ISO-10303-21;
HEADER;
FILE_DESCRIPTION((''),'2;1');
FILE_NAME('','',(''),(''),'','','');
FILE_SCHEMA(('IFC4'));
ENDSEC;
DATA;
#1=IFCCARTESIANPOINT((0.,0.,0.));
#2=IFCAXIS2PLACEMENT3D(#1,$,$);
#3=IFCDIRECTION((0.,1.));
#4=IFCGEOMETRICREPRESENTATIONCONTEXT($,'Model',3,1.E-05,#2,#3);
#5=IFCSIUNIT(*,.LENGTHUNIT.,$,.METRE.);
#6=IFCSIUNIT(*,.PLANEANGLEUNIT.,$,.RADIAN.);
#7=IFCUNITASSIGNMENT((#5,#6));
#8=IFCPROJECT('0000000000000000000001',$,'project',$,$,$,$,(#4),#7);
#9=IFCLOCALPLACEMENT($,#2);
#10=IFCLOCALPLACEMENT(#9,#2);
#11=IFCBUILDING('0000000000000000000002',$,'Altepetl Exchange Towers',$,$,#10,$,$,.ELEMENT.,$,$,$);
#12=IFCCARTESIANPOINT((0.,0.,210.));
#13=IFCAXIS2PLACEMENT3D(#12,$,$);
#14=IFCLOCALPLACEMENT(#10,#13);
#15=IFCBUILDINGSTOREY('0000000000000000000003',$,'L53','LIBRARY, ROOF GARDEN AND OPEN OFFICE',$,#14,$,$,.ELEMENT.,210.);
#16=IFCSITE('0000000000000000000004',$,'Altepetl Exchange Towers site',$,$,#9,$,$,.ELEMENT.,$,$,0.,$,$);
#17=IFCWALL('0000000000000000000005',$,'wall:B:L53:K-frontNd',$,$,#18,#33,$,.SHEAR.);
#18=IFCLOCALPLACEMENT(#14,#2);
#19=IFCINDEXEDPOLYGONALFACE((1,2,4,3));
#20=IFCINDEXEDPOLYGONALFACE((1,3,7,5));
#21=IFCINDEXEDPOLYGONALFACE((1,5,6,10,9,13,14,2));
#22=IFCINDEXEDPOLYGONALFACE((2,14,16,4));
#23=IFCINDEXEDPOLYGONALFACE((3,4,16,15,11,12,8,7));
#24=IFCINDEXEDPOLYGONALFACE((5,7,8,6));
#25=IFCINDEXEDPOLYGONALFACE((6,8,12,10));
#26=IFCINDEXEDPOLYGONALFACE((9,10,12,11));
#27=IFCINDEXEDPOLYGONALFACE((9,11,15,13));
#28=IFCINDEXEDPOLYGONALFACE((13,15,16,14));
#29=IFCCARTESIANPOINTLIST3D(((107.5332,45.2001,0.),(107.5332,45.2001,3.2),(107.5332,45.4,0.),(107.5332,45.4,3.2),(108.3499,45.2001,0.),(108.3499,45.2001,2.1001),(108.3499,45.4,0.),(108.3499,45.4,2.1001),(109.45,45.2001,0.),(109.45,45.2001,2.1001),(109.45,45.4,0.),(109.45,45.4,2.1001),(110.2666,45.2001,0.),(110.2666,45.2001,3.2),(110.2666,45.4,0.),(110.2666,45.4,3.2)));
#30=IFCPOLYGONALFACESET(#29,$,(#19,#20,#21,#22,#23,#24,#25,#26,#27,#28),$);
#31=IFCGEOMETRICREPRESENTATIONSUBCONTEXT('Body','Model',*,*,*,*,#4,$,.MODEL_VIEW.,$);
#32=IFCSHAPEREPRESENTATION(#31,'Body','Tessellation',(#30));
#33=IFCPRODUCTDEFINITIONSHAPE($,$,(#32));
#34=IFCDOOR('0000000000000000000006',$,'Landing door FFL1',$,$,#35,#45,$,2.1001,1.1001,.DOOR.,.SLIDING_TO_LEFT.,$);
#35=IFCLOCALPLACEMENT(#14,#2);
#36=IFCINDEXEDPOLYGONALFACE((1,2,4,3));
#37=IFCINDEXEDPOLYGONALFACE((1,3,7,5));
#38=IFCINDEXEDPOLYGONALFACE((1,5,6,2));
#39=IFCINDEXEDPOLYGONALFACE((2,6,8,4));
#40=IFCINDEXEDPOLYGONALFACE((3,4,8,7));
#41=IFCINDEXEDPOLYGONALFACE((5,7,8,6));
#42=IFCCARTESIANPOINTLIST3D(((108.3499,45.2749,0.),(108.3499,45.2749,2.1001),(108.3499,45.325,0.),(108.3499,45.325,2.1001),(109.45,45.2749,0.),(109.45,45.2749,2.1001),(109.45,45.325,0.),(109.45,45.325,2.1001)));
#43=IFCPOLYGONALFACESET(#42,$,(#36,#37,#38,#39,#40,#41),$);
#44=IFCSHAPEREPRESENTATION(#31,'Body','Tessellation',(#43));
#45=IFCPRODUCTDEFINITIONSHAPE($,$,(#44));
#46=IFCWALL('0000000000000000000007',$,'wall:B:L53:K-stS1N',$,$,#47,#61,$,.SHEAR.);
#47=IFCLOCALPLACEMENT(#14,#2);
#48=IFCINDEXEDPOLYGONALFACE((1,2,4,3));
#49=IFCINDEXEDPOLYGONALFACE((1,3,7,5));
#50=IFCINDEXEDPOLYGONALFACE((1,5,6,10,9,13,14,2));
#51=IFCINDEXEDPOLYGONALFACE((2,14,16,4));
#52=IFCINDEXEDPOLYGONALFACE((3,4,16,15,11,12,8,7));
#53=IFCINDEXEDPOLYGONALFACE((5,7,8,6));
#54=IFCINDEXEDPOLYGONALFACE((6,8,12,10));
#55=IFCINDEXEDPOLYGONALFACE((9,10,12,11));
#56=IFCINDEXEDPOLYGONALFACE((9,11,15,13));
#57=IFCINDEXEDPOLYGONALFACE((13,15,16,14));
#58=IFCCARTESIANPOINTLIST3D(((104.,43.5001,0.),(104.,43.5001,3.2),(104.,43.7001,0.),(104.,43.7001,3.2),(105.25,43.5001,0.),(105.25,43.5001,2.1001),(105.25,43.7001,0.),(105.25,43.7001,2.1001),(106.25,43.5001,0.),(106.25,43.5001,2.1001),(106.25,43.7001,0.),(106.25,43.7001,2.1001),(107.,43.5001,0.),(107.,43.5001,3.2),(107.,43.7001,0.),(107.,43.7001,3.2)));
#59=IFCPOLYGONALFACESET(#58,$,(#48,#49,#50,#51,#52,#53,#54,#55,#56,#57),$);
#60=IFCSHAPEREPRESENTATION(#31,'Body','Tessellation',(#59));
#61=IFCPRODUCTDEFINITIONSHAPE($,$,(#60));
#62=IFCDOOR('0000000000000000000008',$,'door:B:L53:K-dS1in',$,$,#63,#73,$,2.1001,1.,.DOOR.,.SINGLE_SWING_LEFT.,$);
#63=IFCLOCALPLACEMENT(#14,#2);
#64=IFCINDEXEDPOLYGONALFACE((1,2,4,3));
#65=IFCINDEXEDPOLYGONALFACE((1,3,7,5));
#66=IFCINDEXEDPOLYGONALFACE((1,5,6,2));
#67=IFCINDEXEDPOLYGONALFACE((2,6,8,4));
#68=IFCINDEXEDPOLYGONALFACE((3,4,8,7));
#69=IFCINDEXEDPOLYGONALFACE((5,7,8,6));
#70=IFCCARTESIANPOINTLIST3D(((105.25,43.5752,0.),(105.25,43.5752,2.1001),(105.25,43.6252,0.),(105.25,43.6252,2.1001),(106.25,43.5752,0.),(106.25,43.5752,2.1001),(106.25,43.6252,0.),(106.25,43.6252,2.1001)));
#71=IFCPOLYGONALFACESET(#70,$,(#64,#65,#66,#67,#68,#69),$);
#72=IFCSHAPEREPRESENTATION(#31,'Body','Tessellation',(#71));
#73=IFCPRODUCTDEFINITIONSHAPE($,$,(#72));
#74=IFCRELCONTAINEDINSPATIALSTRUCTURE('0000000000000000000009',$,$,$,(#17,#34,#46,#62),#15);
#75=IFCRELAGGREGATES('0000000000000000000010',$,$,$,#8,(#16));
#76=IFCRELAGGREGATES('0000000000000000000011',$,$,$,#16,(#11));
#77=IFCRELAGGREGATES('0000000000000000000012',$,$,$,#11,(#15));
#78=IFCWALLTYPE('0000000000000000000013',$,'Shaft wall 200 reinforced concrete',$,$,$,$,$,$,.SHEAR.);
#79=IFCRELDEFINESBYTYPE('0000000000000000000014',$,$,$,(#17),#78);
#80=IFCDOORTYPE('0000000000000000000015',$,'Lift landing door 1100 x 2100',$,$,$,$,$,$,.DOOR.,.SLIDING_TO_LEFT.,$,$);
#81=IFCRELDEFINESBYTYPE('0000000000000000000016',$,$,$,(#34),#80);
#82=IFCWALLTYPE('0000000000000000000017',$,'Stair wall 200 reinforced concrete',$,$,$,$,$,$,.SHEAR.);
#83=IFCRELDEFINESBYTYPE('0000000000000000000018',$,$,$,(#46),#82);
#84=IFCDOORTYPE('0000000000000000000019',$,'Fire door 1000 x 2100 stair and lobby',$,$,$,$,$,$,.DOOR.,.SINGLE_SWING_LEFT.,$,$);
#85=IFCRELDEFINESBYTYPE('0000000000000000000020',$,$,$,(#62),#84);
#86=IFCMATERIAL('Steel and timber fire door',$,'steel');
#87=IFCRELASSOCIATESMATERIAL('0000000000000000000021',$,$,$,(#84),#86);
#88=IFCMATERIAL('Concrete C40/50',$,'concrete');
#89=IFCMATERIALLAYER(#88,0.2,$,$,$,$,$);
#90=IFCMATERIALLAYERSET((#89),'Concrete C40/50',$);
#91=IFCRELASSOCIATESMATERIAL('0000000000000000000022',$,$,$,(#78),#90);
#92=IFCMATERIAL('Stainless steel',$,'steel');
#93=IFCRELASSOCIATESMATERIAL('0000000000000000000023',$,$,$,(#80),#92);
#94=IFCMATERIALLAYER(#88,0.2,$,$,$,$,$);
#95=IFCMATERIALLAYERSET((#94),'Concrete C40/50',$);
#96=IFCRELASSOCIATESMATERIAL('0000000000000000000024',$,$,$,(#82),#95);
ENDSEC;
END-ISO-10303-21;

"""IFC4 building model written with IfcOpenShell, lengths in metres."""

from ifc_helpers import new_model, si_unit, direction, frame, frame_2d, origin, place, context, subcontext, project, spatial, rectangle, extrude, material, layer, layer_set, type_object, element, fill, save


model = new_model("IFC4")

# Units and contexts
model_context = context("Model", 3, precision=1e-05, world=origin(), true_north=direction((0.0, 1.0)))
body_context = subcontext(model_context, "Body", "Model", "MODEL_VIEW")
ifc_project = project(units=[si_unit("LENGTHUNIT", "METRE"), si_unit("PLANEANGLEUNIT", "RADIAN")], contexts=[model_context])

# Site, building, storey
site_placement = place(None, origin())
site = spatial("IfcSite", under=ifc_project, at=site_placement, Name="Altepetl Exchange Towers site", CompositionType="ELEMENT", RefElevation=0.0)
building_placement = place(site_placement, origin())
building = spatial("IfcBuilding", under=site, at=building_placement, Name="Altepetl Exchange Towers", CompositionType="ELEMENT")
storey_placement = place(building_placement, frame((0.0, 0.0, 210.0)))
storey = spatial("IfcBuildingStorey", under=building, at=storey_placement, Name="L53", Description="LIBRARY, ROOF GARDEN AND OPEN OFFICE", CompositionType="ELEMENT", Elevation=210.0)

# Walls, openings, doors
ifc_material_1 = material(Name="Steel and timber fire door", Category="steel")
door_type_1 = type_object("IfcDoorType", Name="Fire door 1000 x 2100 stair and lobby", OperationType="SINGLE_SWING_LEFT", PredefinedType="DOOR", material=ifc_material_1)
ifc_material_2 = material(Name="Concrete C40/50", Category="concrete")
ifc_layer_1 = layer(ifc_material_2, 0.2)
ifc_layer_set_1 = layer_set([ifc_layer_1], Name="Concrete C40/50")
wall_type_1 = type_object("IfcWallType", Name="Shaft wall 200 reinforced concrete", PredefinedType="SHEAR", material=ifc_layer_set_1)
ifc_material_3 = material(Name="Stainless steel", Category="steel")
wall_1_placement = place(storey_placement, frame((107.5332, 45.3, 0.0)))
wall_1 = element("IfcWall", 1, at=wall_1_placement, inside=storey, type_object=wall_type_1, Name="wall:B:L53:K-frontNd", PredefinedType="SHEAR", context=body_context, shape_type="SweptSolid", body=[
    extrude(rectangle(XDim=2.7334, YDim=0.2, at=frame_2d((1.3667, 0.0))), origin(), (0.0, 0.0, 1.0), 3.2),
])
opening_1_placement = place(wall_1_placement, frame((0.8167, 0.0, 0.0)))
opening_1 = element("IfcOpeningElement", 2, at=opening_1_placement, cuts=wall_1, PredefinedType="OPENING", context=body_context, shape_type="SweptSolid", body=[
    extrude(rectangle(XDim=1.1001, YDim=2.1001, at=frame_2d((0.55, 1.05))), frame((0.0, 0.1099, 0.0), z_axis=(0.0, -1.0, 0.0), x_axis=(1.0, 0.0, 0.0)), (0.0, 0.0, 1.0), 0.22),
])
door_type_2 = type_object("IfcDoorType", Name="Lift landing door 1100 x 2100", OperationType="SLIDING_TO_LEFT", PredefinedType="DOOR", material=ifc_material_3)
door_1_placement = place(opening_1_placement, origin())
door_1 = element("IfcDoor", 3, at=door_1_placement, inside=storey, type_object=door_type_2, Name="Landing door FFL1", OperationType="SLIDING_TO_LEFT", OverallHeight=2.1001, OverallWidth=1.1001, PredefinedType="DOOR", context=body_context, shape_type="SweptSolid", body=[
    extrude(rectangle(XDim=1.1001, YDim=2.1001, at=frame_2d((0.55, 1.05))), frame((0.0, 0.0249, 0.0), z_axis=(0.0, -1.0, 0.0), x_axis=(1.0, 0.0, 0.0)), (0.0, 0.0, 1.0), 0.05),
])
fill(opening_1, door_1)
ifc_layer_2 = layer(ifc_material_2, 0.2)
ifc_layer_set_2 = layer_set([ifc_layer_2], Name="Concrete C40/50")
wall_type_2 = type_object("IfcWallType", Name="Stair wall 200 reinforced concrete", PredefinedType="SHEAR", material=ifc_layer_set_2)
wall_2_placement = place(storey_placement, frame((104.0, 43.6001, 0.0)))
wall_2 = element("IfcWall", 4, at=wall_2_placement, inside=storey, type_object=wall_type_2, Name="wall:B:L53:K-stS1N", PredefinedType="SHEAR", context=body_context, shape_type="SweptSolid", body=[
    extrude(rectangle(XDim=3.0, YDim=0.2, at=frame_2d((1.5, 0.0))), origin(), (0.0, 0.0, 1.0), 3.2),
])
opening_2_placement = place(wall_2_placement, frame((1.25, 0.0, 0.0)))
opening_2 = element("IfcOpeningElement", 5, at=opening_2_placement, cuts=wall_2, PredefinedType="OPENING", context=body_context, shape_type="SweptSolid", body=[
    extrude(rectangle(XDim=1.0, YDim=2.1001, at=frame_2d((0.5, 1.05))), frame((0.0, 0.1099, 0.0), z_axis=(0.0, -1.0, 0.0), x_axis=(1.0, 0.0, 0.0)), (0.0, 0.0, 1.0), 0.22),
])
door_2_placement = place(opening_2_placement, frame((1.0, 0.0, 0.0), x_axis=(-1.0, 0.0, 0.0)))
door_2 = element("IfcDoor", 6, at=door_2_placement, inside=storey, type_object=door_type_1, Name="door:B:L53:K-dS1in", OperationType="SINGLE_SWING_LEFT", OverallHeight=2.1001, OverallWidth=1.0, PredefinedType="DOOR", context=body_context, shape_type="SweptSolid", body=[
    extrude(rectangle(XDim=1.0, YDim=2.1001, at=frame_2d((0.5, 1.05))), frame((0.0, 0.0249, 0.0), z_axis=(0.0, -1.0, 0.0), x_axis=(1.0, 0.0, 0.0)), (0.0, 0.0, 1.0), 0.05),
])
fill(opening_2, door_2)

save(model, "model.ifc")
